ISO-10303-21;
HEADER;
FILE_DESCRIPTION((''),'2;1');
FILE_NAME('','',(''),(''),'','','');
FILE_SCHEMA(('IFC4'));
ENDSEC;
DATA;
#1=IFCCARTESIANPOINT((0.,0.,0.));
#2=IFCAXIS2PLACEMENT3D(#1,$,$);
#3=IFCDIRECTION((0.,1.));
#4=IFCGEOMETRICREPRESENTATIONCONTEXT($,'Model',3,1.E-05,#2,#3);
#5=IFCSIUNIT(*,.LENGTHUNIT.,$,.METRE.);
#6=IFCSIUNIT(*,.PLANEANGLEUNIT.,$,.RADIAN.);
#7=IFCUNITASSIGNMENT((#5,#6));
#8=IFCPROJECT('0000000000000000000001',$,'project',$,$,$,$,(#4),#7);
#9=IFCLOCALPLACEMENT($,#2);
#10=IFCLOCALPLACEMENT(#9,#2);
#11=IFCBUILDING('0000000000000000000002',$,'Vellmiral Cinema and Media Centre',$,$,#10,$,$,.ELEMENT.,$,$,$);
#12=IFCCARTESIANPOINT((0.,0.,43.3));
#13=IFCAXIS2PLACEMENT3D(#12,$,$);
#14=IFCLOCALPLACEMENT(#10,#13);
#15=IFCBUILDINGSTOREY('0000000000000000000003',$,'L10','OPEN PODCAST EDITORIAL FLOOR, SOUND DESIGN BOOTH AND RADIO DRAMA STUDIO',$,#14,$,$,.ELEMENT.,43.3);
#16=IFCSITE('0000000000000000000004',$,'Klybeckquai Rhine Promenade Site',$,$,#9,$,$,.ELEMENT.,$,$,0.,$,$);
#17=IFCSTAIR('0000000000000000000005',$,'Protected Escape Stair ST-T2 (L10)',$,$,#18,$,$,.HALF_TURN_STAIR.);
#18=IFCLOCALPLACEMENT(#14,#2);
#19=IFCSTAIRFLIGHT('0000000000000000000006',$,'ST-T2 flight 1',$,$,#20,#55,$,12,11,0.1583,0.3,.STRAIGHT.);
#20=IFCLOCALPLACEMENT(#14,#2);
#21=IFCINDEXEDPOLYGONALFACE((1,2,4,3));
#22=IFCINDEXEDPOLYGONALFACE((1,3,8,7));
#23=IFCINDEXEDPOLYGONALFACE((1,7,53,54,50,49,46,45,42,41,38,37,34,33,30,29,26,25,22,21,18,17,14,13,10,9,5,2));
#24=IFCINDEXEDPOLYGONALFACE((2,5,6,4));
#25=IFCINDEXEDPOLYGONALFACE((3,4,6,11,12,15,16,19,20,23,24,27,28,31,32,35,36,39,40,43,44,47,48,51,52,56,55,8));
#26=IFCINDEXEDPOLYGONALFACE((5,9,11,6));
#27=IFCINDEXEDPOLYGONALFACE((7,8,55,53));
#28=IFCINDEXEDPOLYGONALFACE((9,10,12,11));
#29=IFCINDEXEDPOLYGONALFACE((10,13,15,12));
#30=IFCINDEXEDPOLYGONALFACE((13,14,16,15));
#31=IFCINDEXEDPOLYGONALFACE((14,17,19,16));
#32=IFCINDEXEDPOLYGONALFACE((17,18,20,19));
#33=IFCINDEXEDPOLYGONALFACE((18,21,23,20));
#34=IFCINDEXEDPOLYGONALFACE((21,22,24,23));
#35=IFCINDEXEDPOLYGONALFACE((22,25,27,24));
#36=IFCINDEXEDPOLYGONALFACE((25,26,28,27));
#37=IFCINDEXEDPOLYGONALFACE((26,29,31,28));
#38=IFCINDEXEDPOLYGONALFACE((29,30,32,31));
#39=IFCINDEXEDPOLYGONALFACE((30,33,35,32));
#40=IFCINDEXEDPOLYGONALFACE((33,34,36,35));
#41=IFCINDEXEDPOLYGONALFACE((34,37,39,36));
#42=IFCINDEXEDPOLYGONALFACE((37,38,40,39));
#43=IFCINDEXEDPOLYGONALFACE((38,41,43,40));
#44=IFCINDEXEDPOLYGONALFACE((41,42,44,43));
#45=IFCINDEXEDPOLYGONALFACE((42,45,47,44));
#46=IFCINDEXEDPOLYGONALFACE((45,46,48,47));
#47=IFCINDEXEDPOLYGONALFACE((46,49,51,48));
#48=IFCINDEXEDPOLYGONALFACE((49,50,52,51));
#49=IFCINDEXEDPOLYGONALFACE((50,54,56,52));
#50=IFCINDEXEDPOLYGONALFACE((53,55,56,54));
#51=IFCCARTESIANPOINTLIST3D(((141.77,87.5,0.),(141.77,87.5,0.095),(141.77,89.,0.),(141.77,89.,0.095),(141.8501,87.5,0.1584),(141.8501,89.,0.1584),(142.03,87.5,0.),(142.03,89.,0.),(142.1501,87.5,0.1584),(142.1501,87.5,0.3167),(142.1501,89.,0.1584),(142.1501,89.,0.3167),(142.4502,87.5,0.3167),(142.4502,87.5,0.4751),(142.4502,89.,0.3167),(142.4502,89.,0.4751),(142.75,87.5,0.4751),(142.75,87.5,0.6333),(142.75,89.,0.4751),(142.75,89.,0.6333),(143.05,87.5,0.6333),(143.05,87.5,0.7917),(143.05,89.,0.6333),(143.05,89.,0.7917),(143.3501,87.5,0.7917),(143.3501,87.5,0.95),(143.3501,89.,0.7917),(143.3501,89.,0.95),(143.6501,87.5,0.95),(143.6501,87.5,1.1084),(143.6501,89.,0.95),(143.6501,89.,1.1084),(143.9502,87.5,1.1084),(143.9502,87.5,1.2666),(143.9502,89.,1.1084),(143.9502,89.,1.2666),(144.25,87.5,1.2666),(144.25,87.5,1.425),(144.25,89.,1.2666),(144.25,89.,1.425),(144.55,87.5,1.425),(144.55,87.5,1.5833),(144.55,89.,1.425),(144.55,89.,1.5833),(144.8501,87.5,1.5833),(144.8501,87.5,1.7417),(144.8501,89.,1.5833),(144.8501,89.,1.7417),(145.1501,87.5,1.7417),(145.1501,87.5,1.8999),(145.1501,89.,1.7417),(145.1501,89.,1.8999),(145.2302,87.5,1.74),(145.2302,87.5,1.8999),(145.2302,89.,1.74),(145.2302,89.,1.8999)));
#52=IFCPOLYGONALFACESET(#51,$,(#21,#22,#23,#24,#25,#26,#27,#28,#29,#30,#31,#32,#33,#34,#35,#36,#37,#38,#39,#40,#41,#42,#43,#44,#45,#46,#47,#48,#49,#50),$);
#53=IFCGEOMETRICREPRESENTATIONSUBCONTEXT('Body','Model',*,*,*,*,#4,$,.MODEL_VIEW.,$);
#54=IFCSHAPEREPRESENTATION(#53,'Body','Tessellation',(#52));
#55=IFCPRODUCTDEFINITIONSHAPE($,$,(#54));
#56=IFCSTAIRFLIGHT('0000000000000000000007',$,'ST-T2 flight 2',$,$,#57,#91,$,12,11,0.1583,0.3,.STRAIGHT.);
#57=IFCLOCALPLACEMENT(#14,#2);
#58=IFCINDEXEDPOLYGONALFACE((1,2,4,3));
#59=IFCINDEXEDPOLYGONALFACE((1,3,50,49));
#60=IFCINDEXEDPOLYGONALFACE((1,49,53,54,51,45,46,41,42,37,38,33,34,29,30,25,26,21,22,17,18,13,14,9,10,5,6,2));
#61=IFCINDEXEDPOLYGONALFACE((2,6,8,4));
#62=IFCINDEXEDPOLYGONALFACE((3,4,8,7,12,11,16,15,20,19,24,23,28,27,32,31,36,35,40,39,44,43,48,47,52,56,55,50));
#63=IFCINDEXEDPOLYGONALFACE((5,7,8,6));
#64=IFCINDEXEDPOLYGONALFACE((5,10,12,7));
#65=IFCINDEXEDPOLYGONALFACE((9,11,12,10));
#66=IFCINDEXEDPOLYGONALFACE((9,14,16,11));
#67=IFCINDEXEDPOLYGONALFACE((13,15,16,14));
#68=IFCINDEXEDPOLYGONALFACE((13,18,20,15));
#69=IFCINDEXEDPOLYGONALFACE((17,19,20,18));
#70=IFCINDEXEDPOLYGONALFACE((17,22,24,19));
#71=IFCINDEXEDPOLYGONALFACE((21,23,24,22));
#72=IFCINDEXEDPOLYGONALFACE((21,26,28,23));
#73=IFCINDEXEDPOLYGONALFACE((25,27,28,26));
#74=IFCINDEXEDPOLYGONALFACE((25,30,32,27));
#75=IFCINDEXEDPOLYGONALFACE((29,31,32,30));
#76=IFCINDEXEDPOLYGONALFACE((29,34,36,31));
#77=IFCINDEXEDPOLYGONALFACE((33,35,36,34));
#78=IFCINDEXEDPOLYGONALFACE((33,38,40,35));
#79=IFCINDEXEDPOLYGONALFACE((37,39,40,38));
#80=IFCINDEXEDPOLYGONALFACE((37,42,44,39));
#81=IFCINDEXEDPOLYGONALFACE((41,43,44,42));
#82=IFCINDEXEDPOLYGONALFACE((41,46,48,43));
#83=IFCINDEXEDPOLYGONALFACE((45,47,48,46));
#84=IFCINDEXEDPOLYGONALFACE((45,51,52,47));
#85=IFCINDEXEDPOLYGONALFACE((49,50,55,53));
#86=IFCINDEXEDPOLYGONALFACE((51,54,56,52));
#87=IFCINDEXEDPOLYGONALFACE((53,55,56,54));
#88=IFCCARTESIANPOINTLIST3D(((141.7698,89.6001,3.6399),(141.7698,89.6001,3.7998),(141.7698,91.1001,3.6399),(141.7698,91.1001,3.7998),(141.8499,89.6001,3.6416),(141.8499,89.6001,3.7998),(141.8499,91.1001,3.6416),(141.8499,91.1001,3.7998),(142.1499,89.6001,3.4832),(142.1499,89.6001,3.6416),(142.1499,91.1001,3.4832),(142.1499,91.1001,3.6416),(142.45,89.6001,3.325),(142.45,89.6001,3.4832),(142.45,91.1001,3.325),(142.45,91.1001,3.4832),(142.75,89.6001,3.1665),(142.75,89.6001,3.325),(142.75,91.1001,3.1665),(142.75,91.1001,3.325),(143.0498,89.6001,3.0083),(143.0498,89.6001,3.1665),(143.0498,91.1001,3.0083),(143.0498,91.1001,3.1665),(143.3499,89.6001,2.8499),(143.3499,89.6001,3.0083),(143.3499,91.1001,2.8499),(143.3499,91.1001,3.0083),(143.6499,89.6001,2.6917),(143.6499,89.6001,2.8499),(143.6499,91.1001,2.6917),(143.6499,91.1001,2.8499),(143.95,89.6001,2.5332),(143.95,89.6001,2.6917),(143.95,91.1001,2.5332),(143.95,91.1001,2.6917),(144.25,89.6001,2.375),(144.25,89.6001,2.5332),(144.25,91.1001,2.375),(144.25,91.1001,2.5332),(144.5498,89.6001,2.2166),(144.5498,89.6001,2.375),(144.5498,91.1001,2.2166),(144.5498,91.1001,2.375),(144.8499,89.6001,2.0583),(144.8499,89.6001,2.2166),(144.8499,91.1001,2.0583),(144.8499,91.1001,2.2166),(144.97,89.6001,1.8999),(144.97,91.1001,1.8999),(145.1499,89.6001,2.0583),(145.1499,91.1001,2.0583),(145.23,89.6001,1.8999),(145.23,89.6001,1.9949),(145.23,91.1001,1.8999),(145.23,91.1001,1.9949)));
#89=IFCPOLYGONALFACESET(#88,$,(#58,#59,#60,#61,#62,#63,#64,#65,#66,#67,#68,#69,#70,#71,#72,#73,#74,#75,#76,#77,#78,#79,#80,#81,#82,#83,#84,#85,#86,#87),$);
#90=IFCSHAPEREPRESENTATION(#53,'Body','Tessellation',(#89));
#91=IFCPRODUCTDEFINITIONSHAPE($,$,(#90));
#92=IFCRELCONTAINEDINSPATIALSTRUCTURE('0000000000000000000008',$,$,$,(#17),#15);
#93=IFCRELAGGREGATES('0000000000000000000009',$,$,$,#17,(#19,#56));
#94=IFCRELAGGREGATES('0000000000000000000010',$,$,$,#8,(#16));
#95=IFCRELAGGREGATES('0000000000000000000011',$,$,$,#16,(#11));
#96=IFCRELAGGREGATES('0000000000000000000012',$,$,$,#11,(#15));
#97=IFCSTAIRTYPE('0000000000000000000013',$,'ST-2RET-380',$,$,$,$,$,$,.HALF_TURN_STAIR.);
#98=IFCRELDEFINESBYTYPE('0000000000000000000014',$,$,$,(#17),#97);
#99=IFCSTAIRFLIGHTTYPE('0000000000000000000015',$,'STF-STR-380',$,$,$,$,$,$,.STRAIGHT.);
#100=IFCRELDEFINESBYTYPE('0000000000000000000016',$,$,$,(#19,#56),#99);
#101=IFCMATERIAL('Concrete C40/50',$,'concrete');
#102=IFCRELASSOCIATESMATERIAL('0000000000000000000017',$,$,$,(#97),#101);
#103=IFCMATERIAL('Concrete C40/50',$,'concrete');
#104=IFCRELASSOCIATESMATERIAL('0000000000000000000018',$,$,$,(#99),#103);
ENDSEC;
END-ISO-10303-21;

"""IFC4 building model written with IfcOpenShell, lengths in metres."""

from ifc_helpers import new_model, si_unit, direction, frame, origin, place, context, subcontext, project, spatial, polyline, outline, extrude, material, type_object, element, aggregate, save


model = new_model("IFC4")

# Units and contexts
model_context = context("Model", 3, precision=1e-05, world=origin(), true_north=direction((0.0, 1.0)))
body_context = subcontext(model_context, "Body", "Model", "MODEL_VIEW")
ifc_project = project(units=[si_unit("LENGTHUNIT", "METRE"), si_unit("PLANEANGLEUNIT", "RADIAN")], contexts=[model_context])

# Site, building, storey
site_placement = place(None, origin())
site = spatial("IfcSite", under=ifc_project, at=site_placement, Name="Klybeckquai Rhine Promenade Site", CompositionType="ELEMENT", RefElevation=0.0)
building_placement = place(site_placement, origin())
building = spatial("IfcBuilding", under=site, at=building_placement, Name="Vellmiral Cinema and Media Centre", CompositionType="ELEMENT")
storey_placement = place(building_placement, frame((0.0, 0.0, 43.3)))
storey = spatial("IfcBuildingStorey", under=building, at=storey_placement, Name="L10", Description="OPEN PODCAST EDITORIAL FLOOR, SOUND DESIGN BOOTH AND RADIO DRAMA STUDIO", CompositionType="ELEMENT", Elevation=43.3)

# Stair, stair flights
ifc_material_1 = material(Name="Concrete C40/50", Category="concrete")
stair_type = type_object("IfcStairType", Name="ST-2RET-380", PredefinedType="HALF_TURN_STAIR", material=ifc_material_1)
stair_placement = place(storey_placement, origin())
stair = element("IfcStair", 1, at=stair_placement, inside=storey, type_object=stair_type, Name="Protected Escape Stair ST-T2 (L10)", PredefinedType="HALF_TURN_STAIR")
ifc_material_2 = material(Name="Concrete C40/50", Category="concrete")
stair_flight_type = type_object("IfcStairFlightType", Name="STF-STR-380", PredefinedType="STRAIGHT", material=ifc_material_2)
stair_flight_1_placement = place(storey_placement, frame((141.8501, 88.25, 0.0), z_axis=(0.0, 0.0, 1.0), x_axis=(1.0, 0.0, 0.0)))
stair_flight_1 = element("IfcStairFlight", 2, at=stair_flight_1_placement, type_object=stair_flight_type, Name="ST-T2 flight 1", NumberOfRisers=12, NumberOfTreads=11, PredefinedType="STRAIGHT", RiserHeight=0.1583, TreadLength=0.3, context=body_context, shape_type="SweptSolid", body=[
    extrude(outline(polyline([(-0.0801, 0.0), (-0.0801, 0.095), (0.0, 0.1584), (0.3, 0.1584), (0.3, 0.3167), (0.6001, 0.3167), (0.6001, 0.4751), (0.8999, 0.4751), (0.8999, 0.6333), (1.2, 0.6333), (1.2, 0.7917), (1.5, 0.7917), (1.5, 0.95), (1.8, 0.95), (1.8, 1.1084), (2.1001, 1.1084), (2.1001, 1.2666), (2.3999, 1.2666), (2.3999, 1.425), (2.7, 1.425), (2.7, 1.5833), (3.0, 1.5833), (3.0, 1.7417), (3.3, 1.7417), (3.3, 1.8999), (3.3801, 1.8999), (3.3801, 1.74), (0.1799, 0.0), (-0.0801, 0.0)])), frame((0.0, 0.75, 0.0), z_axis=(0.0, -1.0, 0.0), x_axis=(1.0, 0.0, 0.0)), (0.0, 0.0, 1.0), 1.5),
])
stair_flight_2_placement = place(storey_placement, frame((145.1499, 90.3501, 1.8999), z_axis=(0.0, 0.0, 1.0), x_axis=(-1.0, 0.0, 0.0)))
stair_flight_2 = element("IfcStairFlight", 3, at=stair_flight_2_placement, type_object=stair_flight_type, Name="ST-T2 flight 2", NumberOfRisers=12, NumberOfTreads=11, PredefinedType="STRAIGHT", RiserHeight=0.1583, TreadLength=0.3, context=body_context, shape_type="SweptSolid", body=[
    extrude(outline(polyline([(-0.0801, 0.0), (-0.0801, 0.095), (0.0, 0.1584), (0.3, 0.1584), (0.3, 0.3167), (0.6001, 0.3167), (0.6001, 0.4751), (0.8999, 0.4751), (0.8999, 0.6333), (1.2, 0.6333), (1.2, 0.7917), (1.5, 0.7917), (1.5, 0.95), (1.8, 0.95), (1.8, 1.1084), (2.1001, 1.1084), (2.1001, 1.2666), (2.3999, 1.2666), (2.3999, 1.425), (2.7, 1.425), (2.7, 1.5833), (3.0, 1.5833), (3.0, 1.7417), (3.3, 1.7417), (3.3, 1.8999), (3.3801, 1.8999), (3.3801, 1.74), (0.1799, 0.0), (-0.0801, 0.0)])), frame((0.0, 0.75, 0.0), z_axis=(0.0, -1.0, 0.0), x_axis=(1.0, 0.0, 0.0)), (0.0, 0.0, 1.0), 1.5),
])
aggregate(stair, [stair_flight_1, stair_flight_2])

save(model, "model.ifc")
